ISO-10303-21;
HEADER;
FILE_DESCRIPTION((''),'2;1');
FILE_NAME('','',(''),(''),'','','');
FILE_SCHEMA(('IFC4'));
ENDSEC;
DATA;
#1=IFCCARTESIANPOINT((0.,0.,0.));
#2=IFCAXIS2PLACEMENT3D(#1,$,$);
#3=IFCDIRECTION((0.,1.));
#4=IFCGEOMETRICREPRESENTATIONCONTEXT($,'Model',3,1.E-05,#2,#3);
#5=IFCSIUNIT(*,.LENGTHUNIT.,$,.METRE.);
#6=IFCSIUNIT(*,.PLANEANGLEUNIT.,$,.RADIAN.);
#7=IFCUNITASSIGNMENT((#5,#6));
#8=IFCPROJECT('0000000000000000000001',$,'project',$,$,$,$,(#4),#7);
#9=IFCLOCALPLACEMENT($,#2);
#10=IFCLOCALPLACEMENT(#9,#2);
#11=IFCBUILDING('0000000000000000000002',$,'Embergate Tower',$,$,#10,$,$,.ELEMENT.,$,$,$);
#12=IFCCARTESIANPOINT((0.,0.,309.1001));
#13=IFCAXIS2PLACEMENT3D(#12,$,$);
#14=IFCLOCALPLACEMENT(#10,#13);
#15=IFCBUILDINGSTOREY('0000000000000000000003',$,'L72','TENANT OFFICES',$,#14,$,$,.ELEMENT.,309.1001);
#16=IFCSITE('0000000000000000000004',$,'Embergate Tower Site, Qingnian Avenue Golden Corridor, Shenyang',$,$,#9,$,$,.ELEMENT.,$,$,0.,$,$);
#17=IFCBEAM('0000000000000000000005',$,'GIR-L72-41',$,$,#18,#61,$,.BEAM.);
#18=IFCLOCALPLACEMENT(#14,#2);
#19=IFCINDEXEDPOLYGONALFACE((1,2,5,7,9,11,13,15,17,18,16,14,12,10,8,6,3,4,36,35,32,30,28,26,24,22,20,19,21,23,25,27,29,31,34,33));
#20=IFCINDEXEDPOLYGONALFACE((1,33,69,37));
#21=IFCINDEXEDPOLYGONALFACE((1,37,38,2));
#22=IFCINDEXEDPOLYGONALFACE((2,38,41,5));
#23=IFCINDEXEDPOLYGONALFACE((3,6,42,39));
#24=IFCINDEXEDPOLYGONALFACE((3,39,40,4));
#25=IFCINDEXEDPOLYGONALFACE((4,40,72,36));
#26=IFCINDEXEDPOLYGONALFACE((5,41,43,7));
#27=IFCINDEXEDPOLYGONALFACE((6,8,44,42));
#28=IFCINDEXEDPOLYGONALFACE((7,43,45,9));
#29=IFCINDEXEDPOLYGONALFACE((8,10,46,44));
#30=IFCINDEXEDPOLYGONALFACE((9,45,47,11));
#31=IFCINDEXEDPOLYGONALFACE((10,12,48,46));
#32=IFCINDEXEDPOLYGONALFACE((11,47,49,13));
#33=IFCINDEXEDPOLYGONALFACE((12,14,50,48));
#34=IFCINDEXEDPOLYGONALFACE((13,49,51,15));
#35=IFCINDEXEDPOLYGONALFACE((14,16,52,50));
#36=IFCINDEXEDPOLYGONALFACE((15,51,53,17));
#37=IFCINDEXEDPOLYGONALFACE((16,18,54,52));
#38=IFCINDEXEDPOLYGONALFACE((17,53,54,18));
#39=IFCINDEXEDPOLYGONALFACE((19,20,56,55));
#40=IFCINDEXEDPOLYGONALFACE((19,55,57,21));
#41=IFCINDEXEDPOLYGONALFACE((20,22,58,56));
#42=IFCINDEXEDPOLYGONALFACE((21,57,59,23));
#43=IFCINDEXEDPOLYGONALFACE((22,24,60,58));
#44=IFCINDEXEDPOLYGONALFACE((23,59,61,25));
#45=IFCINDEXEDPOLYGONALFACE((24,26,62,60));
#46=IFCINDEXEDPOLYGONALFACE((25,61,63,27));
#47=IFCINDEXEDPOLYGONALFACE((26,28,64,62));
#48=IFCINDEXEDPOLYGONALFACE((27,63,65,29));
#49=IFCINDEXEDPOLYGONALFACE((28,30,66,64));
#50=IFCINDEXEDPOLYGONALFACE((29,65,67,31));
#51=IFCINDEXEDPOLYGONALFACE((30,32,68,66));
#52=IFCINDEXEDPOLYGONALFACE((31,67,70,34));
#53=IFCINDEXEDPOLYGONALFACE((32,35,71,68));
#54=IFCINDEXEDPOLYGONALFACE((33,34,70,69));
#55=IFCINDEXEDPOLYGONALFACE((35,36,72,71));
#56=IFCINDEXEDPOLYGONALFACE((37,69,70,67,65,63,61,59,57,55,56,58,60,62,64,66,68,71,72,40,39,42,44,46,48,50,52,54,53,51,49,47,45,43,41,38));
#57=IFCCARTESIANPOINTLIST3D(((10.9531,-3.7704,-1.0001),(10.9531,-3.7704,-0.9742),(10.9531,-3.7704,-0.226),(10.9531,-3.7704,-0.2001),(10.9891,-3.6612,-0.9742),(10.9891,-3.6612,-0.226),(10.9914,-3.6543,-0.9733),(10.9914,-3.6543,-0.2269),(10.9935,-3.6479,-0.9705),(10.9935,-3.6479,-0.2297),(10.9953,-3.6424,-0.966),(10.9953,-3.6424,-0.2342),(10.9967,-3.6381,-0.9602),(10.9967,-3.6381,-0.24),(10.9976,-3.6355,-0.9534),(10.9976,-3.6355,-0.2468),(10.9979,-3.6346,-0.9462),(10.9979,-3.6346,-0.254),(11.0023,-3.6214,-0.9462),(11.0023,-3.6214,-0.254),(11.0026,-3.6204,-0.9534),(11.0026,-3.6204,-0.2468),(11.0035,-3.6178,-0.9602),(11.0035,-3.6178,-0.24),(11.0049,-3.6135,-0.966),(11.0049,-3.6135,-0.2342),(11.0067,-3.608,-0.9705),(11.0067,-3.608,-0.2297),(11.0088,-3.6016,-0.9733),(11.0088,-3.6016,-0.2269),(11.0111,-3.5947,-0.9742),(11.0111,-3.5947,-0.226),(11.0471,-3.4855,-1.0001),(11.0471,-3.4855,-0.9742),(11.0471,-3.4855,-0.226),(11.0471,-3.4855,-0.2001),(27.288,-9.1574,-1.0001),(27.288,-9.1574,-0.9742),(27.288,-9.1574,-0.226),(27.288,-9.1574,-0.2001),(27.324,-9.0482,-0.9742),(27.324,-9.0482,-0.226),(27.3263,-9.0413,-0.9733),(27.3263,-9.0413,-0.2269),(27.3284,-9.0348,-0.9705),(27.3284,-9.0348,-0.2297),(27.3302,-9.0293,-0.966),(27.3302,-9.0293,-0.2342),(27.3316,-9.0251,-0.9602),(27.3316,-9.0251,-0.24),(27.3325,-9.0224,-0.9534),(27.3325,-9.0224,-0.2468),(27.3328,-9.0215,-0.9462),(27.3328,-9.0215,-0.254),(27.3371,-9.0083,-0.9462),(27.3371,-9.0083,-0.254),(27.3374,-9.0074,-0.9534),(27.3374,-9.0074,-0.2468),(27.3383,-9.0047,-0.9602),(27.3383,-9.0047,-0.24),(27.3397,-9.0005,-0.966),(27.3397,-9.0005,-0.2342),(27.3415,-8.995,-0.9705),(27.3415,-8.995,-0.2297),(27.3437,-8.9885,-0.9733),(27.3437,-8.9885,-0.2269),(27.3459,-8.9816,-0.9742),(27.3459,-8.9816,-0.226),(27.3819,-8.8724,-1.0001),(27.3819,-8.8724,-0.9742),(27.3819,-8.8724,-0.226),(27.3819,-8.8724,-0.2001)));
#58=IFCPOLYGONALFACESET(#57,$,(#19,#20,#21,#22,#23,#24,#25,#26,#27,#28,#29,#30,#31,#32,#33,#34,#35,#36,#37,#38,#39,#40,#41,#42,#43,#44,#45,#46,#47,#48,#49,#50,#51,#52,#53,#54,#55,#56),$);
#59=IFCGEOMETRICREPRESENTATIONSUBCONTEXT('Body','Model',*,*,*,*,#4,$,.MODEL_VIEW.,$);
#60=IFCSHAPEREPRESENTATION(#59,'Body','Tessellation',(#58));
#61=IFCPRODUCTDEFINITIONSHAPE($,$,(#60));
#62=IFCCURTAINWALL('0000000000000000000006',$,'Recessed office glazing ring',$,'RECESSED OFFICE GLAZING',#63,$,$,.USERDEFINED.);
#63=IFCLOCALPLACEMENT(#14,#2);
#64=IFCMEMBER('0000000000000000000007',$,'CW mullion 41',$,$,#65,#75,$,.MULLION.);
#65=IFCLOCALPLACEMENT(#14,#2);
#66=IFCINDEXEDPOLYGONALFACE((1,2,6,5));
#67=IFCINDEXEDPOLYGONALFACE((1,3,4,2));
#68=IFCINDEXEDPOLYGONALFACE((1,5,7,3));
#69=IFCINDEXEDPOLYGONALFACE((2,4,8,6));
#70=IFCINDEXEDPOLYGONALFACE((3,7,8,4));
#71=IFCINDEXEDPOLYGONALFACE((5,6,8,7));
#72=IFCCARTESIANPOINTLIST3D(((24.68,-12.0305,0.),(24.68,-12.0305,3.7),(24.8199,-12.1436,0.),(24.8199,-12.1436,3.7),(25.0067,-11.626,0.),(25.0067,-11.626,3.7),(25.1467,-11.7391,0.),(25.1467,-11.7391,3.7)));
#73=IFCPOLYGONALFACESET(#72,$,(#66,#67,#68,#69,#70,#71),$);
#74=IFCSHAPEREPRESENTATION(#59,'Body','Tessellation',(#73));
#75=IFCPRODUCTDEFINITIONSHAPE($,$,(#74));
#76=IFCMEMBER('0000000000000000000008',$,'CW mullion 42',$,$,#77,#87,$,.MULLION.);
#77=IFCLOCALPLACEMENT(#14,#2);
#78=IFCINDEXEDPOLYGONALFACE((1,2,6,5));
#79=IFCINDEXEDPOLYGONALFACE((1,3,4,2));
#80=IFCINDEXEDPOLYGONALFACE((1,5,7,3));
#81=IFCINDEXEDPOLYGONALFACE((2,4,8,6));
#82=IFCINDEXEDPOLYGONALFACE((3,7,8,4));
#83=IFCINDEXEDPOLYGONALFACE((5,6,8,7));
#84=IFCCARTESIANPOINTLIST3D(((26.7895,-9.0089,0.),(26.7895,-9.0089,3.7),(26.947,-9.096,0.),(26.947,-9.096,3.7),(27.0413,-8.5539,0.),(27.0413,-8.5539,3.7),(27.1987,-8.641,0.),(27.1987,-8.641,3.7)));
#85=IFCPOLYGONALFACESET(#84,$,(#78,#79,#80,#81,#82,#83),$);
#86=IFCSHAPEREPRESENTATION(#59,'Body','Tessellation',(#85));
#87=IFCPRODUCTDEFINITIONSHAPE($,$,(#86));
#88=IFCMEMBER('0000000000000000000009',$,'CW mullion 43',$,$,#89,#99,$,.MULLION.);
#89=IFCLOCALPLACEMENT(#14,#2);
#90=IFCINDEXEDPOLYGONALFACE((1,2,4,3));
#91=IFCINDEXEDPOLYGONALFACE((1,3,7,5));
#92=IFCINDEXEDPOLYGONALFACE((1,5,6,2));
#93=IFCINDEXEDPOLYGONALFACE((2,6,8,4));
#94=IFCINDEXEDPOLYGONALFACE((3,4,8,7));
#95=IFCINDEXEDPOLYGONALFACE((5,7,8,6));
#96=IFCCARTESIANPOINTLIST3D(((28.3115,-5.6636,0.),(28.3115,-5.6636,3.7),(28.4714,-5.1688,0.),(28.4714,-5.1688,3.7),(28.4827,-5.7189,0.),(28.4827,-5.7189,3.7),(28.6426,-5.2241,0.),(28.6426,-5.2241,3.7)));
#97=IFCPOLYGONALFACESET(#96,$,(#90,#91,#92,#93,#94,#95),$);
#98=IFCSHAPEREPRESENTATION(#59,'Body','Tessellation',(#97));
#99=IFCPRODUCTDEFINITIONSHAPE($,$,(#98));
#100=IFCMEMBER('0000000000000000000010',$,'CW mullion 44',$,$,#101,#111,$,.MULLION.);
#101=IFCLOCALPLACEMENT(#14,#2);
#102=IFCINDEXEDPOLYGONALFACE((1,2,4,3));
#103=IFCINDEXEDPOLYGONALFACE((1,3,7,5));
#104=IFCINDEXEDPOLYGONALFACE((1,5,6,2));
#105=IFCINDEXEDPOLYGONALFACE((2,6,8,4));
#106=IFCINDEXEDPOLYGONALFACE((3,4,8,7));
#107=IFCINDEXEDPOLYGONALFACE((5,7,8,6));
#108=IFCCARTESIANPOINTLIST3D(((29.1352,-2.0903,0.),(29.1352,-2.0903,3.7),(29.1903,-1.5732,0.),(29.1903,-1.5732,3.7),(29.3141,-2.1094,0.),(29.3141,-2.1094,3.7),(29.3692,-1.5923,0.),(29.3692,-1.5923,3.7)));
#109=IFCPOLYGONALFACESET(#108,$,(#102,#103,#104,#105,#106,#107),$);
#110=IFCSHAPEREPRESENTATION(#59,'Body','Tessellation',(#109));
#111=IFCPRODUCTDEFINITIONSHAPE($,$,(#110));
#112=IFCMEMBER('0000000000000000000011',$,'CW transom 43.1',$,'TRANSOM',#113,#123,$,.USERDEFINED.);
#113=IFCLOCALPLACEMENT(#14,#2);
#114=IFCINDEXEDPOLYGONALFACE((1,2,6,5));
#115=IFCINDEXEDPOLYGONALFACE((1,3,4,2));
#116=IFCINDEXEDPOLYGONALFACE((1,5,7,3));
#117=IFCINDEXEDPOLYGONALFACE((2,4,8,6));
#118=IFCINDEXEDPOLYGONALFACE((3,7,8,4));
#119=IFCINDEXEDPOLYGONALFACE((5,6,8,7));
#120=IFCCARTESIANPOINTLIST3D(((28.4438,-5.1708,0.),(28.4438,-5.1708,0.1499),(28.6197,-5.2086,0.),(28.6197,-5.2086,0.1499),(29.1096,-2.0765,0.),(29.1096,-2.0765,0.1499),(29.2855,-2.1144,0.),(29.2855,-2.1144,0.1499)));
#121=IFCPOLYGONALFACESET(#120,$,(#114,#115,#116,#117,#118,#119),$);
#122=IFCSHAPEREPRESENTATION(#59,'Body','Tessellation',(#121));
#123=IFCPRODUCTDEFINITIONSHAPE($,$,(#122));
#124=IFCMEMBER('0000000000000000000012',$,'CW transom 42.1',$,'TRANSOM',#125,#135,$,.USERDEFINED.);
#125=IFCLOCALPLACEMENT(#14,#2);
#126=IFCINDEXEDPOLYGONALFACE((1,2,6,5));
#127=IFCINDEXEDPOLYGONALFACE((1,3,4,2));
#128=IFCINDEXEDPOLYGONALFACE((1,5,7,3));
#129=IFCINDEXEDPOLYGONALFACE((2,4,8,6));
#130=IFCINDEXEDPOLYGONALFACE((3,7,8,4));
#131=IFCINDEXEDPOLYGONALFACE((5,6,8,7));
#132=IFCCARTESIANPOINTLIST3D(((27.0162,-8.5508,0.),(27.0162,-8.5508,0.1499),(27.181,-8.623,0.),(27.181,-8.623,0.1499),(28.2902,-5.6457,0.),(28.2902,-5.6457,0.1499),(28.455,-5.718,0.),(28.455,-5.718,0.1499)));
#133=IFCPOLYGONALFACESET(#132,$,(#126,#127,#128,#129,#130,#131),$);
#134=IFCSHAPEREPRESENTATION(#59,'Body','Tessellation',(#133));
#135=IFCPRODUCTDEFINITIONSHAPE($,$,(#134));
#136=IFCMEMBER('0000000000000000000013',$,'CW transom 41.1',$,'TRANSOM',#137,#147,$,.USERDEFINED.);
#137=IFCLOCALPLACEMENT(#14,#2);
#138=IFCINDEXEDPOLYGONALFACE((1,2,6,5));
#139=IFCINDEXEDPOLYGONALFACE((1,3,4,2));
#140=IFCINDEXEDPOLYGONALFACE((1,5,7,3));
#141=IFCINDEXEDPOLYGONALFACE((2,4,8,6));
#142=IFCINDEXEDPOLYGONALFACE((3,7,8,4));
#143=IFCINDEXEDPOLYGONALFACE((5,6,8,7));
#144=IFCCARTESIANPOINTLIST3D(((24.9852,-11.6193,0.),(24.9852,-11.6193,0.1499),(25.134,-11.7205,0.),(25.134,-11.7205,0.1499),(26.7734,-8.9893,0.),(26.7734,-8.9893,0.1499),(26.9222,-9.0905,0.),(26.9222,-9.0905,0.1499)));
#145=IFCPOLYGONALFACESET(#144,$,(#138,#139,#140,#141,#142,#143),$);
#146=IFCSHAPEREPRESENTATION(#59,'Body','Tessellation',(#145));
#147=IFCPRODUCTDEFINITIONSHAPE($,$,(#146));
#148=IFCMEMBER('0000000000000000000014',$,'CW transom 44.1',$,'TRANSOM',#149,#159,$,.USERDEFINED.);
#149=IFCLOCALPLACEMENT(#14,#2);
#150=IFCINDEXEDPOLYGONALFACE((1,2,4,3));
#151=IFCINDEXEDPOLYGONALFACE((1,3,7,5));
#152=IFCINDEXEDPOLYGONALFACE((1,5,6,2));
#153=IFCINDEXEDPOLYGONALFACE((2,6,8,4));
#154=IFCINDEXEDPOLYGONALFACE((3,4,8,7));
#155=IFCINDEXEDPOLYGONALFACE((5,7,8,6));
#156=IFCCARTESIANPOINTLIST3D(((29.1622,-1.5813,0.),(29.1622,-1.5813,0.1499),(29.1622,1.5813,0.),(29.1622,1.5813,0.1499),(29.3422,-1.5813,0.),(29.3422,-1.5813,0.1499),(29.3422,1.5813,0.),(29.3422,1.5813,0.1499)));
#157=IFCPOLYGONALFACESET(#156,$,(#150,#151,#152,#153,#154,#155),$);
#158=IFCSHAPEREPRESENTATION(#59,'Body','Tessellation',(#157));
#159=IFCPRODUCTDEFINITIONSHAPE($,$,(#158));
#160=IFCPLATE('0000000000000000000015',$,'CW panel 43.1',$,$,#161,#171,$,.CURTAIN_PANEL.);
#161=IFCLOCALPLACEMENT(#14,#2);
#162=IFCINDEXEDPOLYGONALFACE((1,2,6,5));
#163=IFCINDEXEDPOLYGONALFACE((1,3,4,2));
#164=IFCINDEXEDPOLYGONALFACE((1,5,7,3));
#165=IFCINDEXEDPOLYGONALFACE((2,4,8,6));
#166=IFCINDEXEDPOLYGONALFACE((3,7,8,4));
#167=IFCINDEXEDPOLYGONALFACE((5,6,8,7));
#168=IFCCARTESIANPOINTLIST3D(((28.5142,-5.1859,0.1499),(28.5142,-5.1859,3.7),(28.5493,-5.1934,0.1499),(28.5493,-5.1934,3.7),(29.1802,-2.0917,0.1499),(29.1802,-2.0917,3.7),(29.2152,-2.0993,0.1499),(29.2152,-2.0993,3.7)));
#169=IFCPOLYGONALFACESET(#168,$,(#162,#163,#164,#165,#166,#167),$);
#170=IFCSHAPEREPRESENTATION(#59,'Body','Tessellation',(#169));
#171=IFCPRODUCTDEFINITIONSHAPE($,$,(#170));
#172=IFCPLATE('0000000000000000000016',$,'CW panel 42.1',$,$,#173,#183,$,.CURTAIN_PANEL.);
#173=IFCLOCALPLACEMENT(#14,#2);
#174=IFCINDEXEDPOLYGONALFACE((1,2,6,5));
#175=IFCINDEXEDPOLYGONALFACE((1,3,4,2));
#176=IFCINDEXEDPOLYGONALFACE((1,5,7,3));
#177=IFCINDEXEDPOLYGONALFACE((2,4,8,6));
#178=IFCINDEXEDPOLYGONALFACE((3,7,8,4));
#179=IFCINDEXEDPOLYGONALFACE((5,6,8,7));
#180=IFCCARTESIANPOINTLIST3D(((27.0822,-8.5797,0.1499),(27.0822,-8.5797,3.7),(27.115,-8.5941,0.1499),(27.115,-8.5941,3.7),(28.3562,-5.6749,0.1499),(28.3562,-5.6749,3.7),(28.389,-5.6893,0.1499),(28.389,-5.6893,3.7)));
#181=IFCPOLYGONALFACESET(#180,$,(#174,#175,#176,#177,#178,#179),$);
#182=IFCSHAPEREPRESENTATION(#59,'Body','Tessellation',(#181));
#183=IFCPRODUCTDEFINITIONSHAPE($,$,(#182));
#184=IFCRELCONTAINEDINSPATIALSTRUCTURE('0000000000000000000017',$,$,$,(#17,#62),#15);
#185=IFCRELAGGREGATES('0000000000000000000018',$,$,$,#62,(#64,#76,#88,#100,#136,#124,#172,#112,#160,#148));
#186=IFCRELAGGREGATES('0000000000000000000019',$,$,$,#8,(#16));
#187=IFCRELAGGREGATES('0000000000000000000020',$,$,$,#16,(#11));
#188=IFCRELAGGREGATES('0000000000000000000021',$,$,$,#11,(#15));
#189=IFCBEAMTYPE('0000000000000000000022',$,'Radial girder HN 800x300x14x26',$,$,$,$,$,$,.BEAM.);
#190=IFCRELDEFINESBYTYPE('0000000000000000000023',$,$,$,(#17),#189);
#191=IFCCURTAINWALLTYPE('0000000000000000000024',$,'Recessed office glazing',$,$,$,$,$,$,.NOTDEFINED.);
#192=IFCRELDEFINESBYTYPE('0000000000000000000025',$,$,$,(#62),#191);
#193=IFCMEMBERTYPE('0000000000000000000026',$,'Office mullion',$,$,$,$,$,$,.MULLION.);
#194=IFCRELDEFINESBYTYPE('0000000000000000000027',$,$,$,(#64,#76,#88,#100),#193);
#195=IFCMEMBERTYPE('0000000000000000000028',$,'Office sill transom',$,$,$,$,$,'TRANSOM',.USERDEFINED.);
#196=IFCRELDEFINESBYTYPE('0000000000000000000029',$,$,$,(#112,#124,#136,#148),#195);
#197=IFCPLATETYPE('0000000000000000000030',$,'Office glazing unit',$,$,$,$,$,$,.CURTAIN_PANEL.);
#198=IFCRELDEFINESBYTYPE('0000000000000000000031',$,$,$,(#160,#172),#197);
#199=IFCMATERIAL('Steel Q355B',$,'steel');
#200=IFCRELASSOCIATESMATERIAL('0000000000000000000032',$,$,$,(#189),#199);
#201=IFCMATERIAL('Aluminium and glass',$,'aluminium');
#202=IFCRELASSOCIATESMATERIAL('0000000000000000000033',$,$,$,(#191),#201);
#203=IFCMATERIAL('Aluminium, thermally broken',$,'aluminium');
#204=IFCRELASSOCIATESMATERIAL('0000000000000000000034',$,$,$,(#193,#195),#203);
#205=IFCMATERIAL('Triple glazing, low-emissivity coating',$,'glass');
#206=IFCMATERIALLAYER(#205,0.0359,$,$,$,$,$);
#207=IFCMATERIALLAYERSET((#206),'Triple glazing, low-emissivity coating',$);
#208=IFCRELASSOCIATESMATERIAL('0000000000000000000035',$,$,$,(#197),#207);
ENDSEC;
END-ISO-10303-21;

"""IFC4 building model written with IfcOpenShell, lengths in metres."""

from ifc_helpers import new_model, si_unit, direction, frame, origin, origin_2d, place, context, subcontext, project, spatial, rectangle, i_section, extrude, source, transform, mapped, material, layer, layer_set, material_profile, profile_set, type_object, element, aggregate, save


model = new_model("IFC4")

# Units and contexts
model_context = context("Model", 3, precision=1e-05, world=origin(), true_north=direction((0.0, 1.0)))
body_context = subcontext(model_context, "Body", "Model", "MODEL_VIEW")
ifc_project = project(units=[si_unit("LENGTHUNIT", "METRE"), si_unit("PLANEANGLEUNIT", "RADIAN")], contexts=[model_context])

# Site, building, storey
site_placement = place(None, origin())
site = spatial("IfcSite", under=ifc_project, at=site_placement, Name="Embergate Tower Site, Qingnian Avenue Golden Corridor, Shenyang", CompositionType="ELEMENT", RefElevation=0.0)
building_placement = place(site_placement, origin())
building = spatial("IfcBuilding", under=site, at=building_placement, Name="Embergate Tower", CompositionType="ELEMENT")
storey_placement = place(building_placement, frame((0.0, 0.0, 309.1001)))
storey = spatial("IfcBuildingStorey", under=building, at=storey_placement, Name="L72", Description="TENANT OFFICES", CompositionType="ELEMENT", Elevation=309.1001)

# Beam
ifc_material_1 = material(Name="Steel Q355B", Category="steel")
ifc_material_profile_1 = material_profile(ifc_material_1, i_section(OverallWidth=0.3, OverallDepth=0.8, WebThickness=0.0139, FlangeThickness=0.0259, FilletRadius=0.0281, at=origin_2d()), Name="HN 800x300x14x26")
ifc_profile_set_1 = profile_set([ifc_material_profile_1], Name="Steel Q355 grade B")
beam_type_1 = type_object("IfcBeamType", Name="Radial girder HN 800x300x14x26", PredefinedType="BEAM", material=ifc_profile_set_1)
shared_shape_1 = source(origin(), body_context, "Body", "SweptSolid", [
    extrude(i_section(OverallWidth=0.3, OverallDepth=0.8, WebThickness=0.0139, FlangeThickness=0.0259, FilletRadius=0.0281, at=origin_2d()), origin(), (0.0, 0.0, 1.0), 17.2002),
])
beam_1_placement = place(storey_placement, frame((27.335, -9.0149, -0.6001), z_axis=(-0.94969, 0.31319, 0.0), x_axis=(-0.31319, -0.94969, 0.0)))
element("IfcBeam", 1, at=beam_1_placement, inside=storey, type_object=beam_type_1, Name="GIR-L72-41", PredefinedType="BEAM", context=body_context, shape_type="MappedRepresentation", body=[
    mapped(shared_shape_1, transform((0.0, 0.0, 0.0))),
])

# Curtain wall, members, plates
ifc_material_2 = material(Name="Aluminium and glass", Category="aluminium")
curtain_wall_type = type_object("IfcCurtainWallType", Name="Recessed office glazing", PredefinedType="NOTDEFINED", material=ifc_material_2)
curtain_wall_placement = place(storey_placement, origin())
curtain_wall = element("IfcCurtainWall", 2, at=curtain_wall_placement, inside=storey, type_object=curtain_wall_type, Name="Recessed office glazing ring", ObjectType="RECESSED OFFICE GLAZING", PredefinedType="USERDEFINED")
ifc_material_3 = material(Name="Aluminium, thermally broken", Category="aluminium")
ifc_material_profile_2 = material_profile(ifc_material_3, rectangle(XDim=0.1799, YDim=0.52, at=origin_2d()), Name="AL 520x180")
ifc_profile_set_2 = profile_set([ifc_material_profile_2], Name="Aluminium, thermally broken")
member_type_1 = type_object("IfcMemberType", Name="Office mullion", PredefinedType="MULLION", material=ifc_profile_set_2)
shared_shape_2 = source(origin(), body_context, "Body", "SweptSolid", [
    extrude(rectangle(XDim=0.1799, YDim=0.52, at=origin_2d()), origin(), (0.0, 0.0, 1.0), 3.7),
])
member_1_placement = place(storey_placement, frame((24.9133, -11.8848, 0.0), z_axis=(0.0, 0.0, 1.0), x_axis=(-0.777864, 0.628433, 0.0)))
member_1 = element("IfcMember", 3, at=member_1_placement, type_object=member_type_1, Name="CW mullion 41", PredefinedType="MULLION", context=body_context, shape_type="MappedRepresentation", body=[
    mapped(shared_shape_2, transform((0.0, 0.0, 0.0))),
])
member_2_placement = place(storey_placement, frame((26.9941, -8.825, 0.0), z_axis=(0.0, 0.0, 1.0), x_axis=(-0.874993, 0.484135, 0.0)))
member_2 = element("IfcMember", 4, at=member_2_placement, type_object=member_type_1, Name="CW mullion 42", PredefinedType="MULLION", context=body_context, shape_type="MappedRepresentation", body=[
    mapped(shared_shape_2, transform((0.0, 0.0, 0.0))),
])
member_3_placement = place(storey_placement, frame((28.4771, -5.4438, 0.0), z_axis=(0.0, 0.0, 1.0), x_axis=(-0.951493, 0.307671, 0.0)))
member_3 = element("IfcMember", 5, at=member_3_placement, type_object=member_type_1, Name="CW mullion 43", PredefinedType="MULLION", context=body_context, shape_type="MappedRepresentation", body=[
    mapped(shared_shape_2, transform((0.0, 0.0, 0.0))),
])
member_4_placement = place(storey_placement, frame((29.2522, -1.8413, 0.0), z_axis=(0.0, 0.0, 1.0), x_axis=(-0.994384, 0.10583, 0.0)))
member_4 = element("IfcMember", 6, at=member_4_placement, type_object=member_type_1, Name="CW mullion 44", PredefinedType="MULLION", context=body_context, shape_type="MappedRepresentation", body=[
    mapped(shared_shape_2, transform((0.0, 0.0, 0.0))),
])
ifc_material_profile_3 = material_profile(ifc_material_3, rectangle(XDim=0.1799, YDim=0.1499, at=origin_2d()), Name="AL 150x180")
ifc_profile_set_3 = profile_set([ifc_material_profile_3], Name="Aluminium, thermally broken")
member_type_2 = type_object("IfcMemberType", Name="Office sill transom", ElementType="TRANSOM", PredefinedType="USERDEFINED", material=ifc_profile_set_3)
shared_shape_3 = source(origin(), body_context, "Body", "SweptSolid", [
    extrude(rectangle(XDim=0.1799, YDim=0.1499, at=origin_2d()), origin(), (0.0, 0.0, 1.0), 3.165),
])
member_5_placement = place(storey_placement, frame((28.5317, -5.1897, 0.075), z_axis=(0.210351, 0.977626, 0.0), x_axis=(-0.977626, 0.210351, 0.0)))
member_5 = element("IfcMember", 7, at=member_5_placement, type_object=member_type_2, Name="CW transom 43.1", ObjectType="TRANSOM", PredefinedType="USERDEFINED", context=body_context, shape_type="MappedRepresentation", body=[
    mapped(shared_shape_3, transform((0.0, 0.0, 0.0))),
])
shared_shape_4 = source(origin(), body_context, "Body", "SweptSolid", [
    extrude(rectangle(XDim=0.1799, YDim=0.1499, at=origin_2d()), origin(), (0.0, 0.0, 1.0), 3.1721),
])
member_6_placement = place(storey_placement, frame((27.0986, -8.5869, 0.075), z_axis=(0.401606, 0.915813, 0.0), x_axis=(-0.915813, 0.401606, 0.0)))
member_6 = element("IfcMember", 8, at=member_6_placement, type_object=member_type_2, Name="CW transom 42.1", ObjectType="TRANSOM", PredefinedType="USERDEFINED", context=body_context, shape_type="MappedRepresentation", body=[
    mapped(shared_shape_4, transform((0.0, 0.0, 0.0))),
])
shared_shape_5 = source(origin(), body_context, "Body", "SweptSolid", [
    extrude(rectangle(XDim=0.1799, YDim=0.1499, at=origin_2d()), origin(), (0.0, 0.0, 1.0), 3.1804),
])
member_7_placement = place(storey_placement, frame((25.0596, -11.6699, 0.075), z_axis=(0.562276, 0.826949, 0.0), x_axis=(-0.826949, 0.562276, 0.0)))
member_7 = element("IfcMember", 9, at=member_7_placement, type_object=member_type_2, Name="CW transom 41.1", ObjectType="TRANSOM", PredefinedType="USERDEFINED", context=body_context, shape_type="MappedRepresentation", body=[
    mapped(shared_shape_5, transform((0.0, 0.0, 0.0))),
])
shared_shape_6 = source(origin(), body_context, "Body", "SweptSolid", [
    extrude(rectangle(XDim=0.1799, YDim=0.1499, at=origin_2d()), origin(), (0.0, 0.0, 1.0), 3.1626),
])
member_8_placement = place(storey_placement, frame((29.2522, -1.5813, 0.075), z_axis=(0.0, 1.0, 0.0), x_axis=(-1.0, 0.0, 0.0)))
member_8 = element("IfcMember", 10, at=member_8_placement, type_object=member_type_2, Name="CW transom 44.1", ObjectType="TRANSOM", PredefinedType="USERDEFINED", context=body_context, shape_type="MappedRepresentation", body=[
    mapped(shared_shape_6, transform((0.0, 0.0, 0.0))),
])
ifc_material_4 = material(Name="Triple glazing, low-emissivity coating", Category="glass")
ifc_layer_1 = layer(ifc_material_4, 0.0359)
ifc_layer_set_1 = layer_set([ifc_layer_1], Name="Triple glazing, low-emissivity coating")
plate_type = type_object("IfcPlateType", Name="Office glazing unit", PredefinedType="CURTAIN_PANEL", material=ifc_layer_set_1)
shared_shape_7 = source(origin(), body_context, "Body", "SweptSolid", [
    extrude(rectangle(XDim=3.165, YDim=0.0359, at=origin_2d()), origin(), (0.0, 0.0, 1.0), 3.55),
])
plate_1_placement = place(storey_placement, frame((28.8647, -3.6426, 0.1499), z_axis=(0.0, 0.0, 1.0), x_axis=(0.210398, 0.977616, 0.0)))
plate_1 = element("IfcPlate", 11, at=plate_1_placement, type_object=plate_type, Name="CW panel 43.1", PredefinedType="CURTAIN_PANEL", context=body_context, shape_type="MappedRepresentation", body=[
    mapped(shared_shape_7, transform((0.0, 0.0, 0.0))),
])
shared_shape_8 = source(origin(), body_context, "Body", "SweptSolid", [
    extrude(rectangle(XDim=3.1719, YDim=0.0359, at=origin_2d()), origin(), (0.0, 0.0, 1.0), 3.55),
])
plate_2_placement = place(storey_placement, frame((27.7356, -7.1345, 0.1499), z_axis=(0.0, 0.0, 1.0), x_axis=(0.401652, 0.915792, 0.0)))
plate_2 = element("IfcPlate", 12, at=plate_2_placement, type_object=plate_type, Name="CW panel 42.1", PredefinedType="CURTAIN_PANEL", context=body_context, shape_type="MappedRepresentation", body=[
    mapped(shared_shape_8, transform((0.0, 0.0, 0.0))),
])
aggregate(curtain_wall, [member_1, member_2, member_3, member_4, member_7, member_6, plate_2, member_5, plate_1, member_8])

save(model, "model.ifc")
